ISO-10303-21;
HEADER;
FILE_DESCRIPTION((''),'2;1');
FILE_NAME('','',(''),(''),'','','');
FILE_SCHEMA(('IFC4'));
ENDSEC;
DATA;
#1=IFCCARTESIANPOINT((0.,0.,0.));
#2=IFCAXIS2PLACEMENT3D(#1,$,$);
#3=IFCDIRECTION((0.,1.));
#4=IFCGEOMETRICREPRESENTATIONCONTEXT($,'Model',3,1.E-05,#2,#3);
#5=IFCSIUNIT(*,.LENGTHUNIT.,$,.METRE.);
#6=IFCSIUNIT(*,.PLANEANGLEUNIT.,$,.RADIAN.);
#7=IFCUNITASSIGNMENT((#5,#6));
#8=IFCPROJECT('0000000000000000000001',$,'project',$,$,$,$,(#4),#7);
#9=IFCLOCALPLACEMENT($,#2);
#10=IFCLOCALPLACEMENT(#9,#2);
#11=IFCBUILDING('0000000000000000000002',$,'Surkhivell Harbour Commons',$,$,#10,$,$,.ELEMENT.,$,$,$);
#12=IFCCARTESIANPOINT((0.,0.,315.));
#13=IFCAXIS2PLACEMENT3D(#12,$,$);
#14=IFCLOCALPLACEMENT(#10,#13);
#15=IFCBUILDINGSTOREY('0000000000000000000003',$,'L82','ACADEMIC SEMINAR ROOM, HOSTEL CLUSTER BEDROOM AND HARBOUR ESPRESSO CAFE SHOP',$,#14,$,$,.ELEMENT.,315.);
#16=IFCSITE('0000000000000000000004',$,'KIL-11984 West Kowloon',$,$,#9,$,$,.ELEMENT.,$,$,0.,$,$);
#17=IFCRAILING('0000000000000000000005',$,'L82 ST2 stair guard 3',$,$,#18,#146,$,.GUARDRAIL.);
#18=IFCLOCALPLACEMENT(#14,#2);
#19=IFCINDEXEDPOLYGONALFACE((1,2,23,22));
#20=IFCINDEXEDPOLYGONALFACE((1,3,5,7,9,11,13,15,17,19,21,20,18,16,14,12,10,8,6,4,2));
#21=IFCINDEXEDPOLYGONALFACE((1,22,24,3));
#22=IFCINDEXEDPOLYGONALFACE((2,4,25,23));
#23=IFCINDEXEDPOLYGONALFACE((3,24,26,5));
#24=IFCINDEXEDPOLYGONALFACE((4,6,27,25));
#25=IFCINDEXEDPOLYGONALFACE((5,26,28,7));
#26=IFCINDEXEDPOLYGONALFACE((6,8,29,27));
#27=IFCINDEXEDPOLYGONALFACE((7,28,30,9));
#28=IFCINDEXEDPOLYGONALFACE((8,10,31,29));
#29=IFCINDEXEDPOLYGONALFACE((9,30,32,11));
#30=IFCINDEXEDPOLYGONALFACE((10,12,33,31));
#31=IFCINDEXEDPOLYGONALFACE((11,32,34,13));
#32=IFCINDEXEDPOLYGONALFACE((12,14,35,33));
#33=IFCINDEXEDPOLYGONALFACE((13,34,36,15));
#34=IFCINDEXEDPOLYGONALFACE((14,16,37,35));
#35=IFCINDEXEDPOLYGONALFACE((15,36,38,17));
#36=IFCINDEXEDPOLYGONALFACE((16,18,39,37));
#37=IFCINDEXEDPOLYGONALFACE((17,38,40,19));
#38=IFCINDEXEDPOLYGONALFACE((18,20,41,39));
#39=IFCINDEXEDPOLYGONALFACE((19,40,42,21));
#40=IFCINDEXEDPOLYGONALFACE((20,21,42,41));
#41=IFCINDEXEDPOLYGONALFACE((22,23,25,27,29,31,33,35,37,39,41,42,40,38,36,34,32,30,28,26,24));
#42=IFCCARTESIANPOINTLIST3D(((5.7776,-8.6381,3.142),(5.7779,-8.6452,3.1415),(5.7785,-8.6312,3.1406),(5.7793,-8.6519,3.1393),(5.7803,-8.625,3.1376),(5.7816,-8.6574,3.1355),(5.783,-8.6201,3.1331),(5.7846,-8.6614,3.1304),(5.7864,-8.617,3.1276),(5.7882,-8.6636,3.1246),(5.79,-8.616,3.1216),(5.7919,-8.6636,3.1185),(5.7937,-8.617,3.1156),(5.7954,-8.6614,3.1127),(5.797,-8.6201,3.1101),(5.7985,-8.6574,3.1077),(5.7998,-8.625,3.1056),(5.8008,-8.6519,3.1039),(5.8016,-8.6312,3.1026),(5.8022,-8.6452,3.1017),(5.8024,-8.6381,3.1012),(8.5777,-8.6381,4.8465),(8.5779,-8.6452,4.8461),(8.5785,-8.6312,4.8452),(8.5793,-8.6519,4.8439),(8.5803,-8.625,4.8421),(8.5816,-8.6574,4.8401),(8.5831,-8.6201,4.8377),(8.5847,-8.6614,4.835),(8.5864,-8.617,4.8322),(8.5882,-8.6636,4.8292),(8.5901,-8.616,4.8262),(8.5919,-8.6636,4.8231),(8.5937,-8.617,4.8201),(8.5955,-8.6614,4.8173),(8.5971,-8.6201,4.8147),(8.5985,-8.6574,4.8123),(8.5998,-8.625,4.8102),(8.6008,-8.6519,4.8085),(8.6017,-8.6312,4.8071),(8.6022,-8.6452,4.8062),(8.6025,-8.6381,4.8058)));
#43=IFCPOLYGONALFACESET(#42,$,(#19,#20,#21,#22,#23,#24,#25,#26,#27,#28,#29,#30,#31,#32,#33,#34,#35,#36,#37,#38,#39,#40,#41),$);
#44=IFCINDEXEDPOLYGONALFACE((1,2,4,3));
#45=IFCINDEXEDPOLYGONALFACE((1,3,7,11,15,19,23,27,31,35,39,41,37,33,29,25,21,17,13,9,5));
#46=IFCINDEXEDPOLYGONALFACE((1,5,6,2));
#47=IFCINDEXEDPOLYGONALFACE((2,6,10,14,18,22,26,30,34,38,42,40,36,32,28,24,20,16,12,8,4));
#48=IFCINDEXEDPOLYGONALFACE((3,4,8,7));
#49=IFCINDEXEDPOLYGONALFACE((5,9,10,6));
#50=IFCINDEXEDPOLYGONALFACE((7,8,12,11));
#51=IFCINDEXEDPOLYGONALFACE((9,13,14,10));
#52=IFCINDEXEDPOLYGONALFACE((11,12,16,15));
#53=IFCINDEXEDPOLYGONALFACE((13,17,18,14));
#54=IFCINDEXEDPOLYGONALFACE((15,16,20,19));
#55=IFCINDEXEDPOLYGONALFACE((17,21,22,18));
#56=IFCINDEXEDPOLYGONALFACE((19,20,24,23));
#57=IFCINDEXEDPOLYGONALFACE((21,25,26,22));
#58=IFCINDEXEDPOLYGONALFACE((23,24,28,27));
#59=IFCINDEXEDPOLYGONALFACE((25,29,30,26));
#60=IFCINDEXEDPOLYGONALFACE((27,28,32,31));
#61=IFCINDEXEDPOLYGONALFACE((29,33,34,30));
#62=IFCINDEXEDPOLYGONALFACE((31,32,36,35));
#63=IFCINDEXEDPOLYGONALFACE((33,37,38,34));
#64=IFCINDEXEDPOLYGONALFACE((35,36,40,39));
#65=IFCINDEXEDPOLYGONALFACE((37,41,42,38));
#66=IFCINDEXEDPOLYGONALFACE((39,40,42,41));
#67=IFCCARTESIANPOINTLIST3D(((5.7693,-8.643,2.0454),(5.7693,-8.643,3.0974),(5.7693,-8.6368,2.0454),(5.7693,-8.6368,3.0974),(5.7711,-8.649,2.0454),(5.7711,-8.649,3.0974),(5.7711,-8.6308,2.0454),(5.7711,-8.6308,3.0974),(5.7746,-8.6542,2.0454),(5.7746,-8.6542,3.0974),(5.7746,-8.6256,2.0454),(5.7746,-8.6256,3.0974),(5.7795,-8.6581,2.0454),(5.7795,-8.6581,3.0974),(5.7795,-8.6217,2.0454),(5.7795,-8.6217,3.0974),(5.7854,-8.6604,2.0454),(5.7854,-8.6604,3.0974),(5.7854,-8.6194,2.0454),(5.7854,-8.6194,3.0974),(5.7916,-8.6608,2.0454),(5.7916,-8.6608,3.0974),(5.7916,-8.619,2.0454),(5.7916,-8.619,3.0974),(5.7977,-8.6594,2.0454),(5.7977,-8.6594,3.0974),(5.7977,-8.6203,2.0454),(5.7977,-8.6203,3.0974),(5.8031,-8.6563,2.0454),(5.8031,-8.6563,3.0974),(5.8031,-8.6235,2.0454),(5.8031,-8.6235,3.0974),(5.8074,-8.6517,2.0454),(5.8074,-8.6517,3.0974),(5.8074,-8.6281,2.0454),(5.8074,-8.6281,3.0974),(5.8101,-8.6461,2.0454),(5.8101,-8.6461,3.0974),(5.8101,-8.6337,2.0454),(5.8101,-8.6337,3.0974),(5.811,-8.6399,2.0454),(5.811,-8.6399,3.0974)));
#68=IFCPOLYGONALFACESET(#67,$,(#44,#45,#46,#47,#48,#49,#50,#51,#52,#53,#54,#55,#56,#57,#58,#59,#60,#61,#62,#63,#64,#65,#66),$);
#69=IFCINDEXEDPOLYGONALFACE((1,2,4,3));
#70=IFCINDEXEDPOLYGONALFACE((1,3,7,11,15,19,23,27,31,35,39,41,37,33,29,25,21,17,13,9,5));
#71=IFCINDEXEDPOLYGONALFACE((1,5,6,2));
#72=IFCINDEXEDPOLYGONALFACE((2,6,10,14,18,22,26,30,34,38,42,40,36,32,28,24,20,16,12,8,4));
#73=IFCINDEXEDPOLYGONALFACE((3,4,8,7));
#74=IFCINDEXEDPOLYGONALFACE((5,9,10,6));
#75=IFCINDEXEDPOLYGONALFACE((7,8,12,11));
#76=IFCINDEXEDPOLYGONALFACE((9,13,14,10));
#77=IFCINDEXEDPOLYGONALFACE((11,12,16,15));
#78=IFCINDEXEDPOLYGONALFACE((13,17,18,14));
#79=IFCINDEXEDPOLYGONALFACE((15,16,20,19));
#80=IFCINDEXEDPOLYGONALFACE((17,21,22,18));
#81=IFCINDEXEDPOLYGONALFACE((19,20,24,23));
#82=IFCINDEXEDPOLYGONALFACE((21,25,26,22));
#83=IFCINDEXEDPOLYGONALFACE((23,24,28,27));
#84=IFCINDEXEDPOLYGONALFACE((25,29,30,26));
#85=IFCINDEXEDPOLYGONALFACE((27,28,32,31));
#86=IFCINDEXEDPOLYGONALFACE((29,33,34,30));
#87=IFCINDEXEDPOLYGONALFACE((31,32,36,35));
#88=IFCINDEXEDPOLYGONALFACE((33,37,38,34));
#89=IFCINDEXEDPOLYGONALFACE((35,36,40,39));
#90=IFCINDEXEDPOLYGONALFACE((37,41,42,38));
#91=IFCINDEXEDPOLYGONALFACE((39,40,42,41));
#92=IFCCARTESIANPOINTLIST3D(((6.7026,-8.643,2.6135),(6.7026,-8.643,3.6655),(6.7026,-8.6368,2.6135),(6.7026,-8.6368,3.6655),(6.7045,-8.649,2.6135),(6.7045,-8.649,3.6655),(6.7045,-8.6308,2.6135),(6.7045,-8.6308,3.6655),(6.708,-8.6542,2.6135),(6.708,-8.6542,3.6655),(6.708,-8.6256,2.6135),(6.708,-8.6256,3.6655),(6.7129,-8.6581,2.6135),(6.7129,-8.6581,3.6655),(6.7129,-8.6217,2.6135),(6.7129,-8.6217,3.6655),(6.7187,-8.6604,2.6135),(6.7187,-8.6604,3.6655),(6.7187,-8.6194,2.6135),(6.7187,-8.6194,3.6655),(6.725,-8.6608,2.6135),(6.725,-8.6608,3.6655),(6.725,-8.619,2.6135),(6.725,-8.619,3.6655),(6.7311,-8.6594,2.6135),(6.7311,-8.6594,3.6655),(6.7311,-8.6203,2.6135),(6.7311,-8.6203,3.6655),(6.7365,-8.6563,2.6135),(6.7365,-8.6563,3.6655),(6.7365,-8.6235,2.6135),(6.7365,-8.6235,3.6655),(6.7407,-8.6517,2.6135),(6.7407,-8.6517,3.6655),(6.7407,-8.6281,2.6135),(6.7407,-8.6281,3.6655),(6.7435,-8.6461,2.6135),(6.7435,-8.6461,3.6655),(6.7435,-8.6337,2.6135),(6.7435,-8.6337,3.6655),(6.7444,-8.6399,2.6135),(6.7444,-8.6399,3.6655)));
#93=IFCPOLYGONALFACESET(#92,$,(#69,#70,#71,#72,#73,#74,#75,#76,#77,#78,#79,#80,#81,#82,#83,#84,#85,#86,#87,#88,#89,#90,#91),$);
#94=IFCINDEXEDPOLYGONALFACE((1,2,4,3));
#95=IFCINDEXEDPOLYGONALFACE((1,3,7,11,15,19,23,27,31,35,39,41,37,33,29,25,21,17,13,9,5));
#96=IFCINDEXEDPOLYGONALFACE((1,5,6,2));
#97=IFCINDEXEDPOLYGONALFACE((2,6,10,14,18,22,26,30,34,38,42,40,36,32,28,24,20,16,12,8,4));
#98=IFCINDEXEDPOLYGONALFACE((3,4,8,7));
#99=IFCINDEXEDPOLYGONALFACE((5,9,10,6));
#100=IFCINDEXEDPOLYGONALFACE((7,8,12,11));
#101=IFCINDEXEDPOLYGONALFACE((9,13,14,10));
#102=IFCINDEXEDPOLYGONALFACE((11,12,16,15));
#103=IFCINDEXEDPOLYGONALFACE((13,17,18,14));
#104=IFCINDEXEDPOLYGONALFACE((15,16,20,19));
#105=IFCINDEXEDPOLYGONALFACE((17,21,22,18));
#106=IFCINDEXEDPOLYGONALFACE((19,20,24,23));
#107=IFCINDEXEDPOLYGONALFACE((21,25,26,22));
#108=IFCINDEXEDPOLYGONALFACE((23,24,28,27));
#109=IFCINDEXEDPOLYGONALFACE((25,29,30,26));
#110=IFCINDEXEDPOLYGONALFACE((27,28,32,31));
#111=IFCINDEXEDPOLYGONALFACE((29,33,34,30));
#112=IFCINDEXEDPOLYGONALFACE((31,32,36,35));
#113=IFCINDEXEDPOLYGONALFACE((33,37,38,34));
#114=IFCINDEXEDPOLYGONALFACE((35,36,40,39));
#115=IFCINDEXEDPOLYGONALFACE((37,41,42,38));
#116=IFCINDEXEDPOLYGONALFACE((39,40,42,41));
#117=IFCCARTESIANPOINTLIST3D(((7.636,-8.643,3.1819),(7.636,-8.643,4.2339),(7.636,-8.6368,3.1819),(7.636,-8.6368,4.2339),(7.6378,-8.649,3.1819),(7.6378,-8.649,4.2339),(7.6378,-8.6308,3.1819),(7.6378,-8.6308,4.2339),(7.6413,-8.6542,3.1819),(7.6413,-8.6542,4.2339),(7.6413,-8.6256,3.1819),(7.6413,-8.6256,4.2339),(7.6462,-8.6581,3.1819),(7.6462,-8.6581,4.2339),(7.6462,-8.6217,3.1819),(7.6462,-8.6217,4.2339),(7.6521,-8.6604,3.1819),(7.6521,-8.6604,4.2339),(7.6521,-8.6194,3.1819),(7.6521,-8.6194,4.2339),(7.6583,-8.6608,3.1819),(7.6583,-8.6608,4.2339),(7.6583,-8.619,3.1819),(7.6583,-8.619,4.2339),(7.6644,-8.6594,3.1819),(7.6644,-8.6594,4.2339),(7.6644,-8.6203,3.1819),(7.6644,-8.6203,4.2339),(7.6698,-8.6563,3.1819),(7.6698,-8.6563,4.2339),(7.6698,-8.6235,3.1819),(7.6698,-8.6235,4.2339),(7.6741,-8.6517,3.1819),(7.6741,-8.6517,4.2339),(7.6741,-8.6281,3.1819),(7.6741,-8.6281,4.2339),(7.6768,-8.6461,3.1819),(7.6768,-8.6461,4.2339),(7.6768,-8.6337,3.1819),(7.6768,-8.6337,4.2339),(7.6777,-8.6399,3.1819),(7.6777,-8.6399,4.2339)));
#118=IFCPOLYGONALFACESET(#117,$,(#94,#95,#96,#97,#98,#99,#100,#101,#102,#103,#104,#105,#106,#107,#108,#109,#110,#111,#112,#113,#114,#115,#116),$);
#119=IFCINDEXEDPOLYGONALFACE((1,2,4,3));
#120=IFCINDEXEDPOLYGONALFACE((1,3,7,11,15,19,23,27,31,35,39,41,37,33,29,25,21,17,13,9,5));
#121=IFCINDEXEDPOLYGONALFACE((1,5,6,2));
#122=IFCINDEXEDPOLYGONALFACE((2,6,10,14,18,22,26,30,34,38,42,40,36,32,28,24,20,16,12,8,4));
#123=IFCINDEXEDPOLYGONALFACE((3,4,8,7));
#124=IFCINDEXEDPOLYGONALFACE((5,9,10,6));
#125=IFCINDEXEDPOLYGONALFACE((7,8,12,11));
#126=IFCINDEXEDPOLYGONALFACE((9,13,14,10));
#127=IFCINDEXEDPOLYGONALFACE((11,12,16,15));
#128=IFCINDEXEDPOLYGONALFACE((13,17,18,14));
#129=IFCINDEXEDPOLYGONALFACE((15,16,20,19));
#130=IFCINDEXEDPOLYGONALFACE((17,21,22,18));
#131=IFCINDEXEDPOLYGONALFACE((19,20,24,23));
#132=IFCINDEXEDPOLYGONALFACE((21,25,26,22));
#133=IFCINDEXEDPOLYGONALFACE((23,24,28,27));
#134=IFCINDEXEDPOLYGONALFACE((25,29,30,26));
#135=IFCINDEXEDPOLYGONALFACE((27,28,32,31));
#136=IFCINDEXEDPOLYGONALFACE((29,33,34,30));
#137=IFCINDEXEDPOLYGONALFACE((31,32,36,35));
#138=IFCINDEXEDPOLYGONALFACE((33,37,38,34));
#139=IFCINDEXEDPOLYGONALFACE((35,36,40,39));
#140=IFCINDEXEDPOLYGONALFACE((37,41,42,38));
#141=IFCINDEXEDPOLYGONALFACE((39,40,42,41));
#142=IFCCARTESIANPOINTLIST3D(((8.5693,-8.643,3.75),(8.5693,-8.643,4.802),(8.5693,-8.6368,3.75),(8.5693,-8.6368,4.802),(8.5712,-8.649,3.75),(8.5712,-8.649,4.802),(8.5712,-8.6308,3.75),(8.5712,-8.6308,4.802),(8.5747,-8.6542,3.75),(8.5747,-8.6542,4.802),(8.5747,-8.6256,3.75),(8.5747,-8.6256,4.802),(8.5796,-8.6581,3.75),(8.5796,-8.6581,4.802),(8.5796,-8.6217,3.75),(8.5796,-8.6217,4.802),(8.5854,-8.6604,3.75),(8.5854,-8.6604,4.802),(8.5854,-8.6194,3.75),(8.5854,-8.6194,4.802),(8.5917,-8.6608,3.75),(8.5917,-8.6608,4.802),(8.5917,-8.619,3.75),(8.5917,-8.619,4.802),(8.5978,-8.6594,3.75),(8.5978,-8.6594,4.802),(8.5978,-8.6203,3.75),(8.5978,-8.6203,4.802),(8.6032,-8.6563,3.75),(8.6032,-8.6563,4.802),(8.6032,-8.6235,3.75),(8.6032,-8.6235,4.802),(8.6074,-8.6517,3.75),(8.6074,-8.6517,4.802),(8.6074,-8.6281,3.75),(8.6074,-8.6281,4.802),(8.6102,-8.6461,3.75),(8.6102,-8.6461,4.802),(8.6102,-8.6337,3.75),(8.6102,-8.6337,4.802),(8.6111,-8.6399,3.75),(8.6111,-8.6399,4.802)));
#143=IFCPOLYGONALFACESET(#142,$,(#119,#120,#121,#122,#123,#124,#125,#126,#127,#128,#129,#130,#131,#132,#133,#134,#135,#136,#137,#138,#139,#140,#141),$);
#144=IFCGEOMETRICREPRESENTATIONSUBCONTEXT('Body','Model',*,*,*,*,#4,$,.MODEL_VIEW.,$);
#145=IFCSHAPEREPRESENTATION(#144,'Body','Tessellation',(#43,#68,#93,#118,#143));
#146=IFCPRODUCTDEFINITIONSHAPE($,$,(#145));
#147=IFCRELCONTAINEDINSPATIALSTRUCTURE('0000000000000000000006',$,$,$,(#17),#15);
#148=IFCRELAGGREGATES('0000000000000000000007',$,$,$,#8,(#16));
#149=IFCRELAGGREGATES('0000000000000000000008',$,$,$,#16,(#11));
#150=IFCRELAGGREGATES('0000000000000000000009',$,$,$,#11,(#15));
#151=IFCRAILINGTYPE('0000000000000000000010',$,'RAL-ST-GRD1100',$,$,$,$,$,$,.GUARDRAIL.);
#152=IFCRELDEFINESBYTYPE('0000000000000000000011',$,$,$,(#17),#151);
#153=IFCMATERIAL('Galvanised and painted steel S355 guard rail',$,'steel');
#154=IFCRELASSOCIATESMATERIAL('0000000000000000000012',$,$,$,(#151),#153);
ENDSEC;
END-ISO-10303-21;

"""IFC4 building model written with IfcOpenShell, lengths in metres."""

from ifc_helpers import new_model, si_unit, direction, frame, origin, origin_2d, place, context, subcontext, project, spatial, circle, extrude, material, type_object, element, save


model = new_model("IFC4")

# Units and contexts
model_context = context("Model", 3, precision=1e-05, world=origin(), true_north=direction((0.0, 1.0)))
body_context = subcontext(model_context, "Body", "Model", "MODEL_VIEW")
ifc_project = project(units=[si_unit("LENGTHUNIT", "METRE"), si_unit("PLANEANGLEUNIT", "RADIAN")], contexts=[model_context])

# Site, building, storey
site_placement = place(None, origin())
site = spatial("IfcSite", under=ifc_project, at=site_placement, Name="KIL-11984 West Kowloon", CompositionType="ELEMENT", RefElevation=0.0)
building_placement = place(site_placement, origin())
building = spatial("IfcBuilding", under=site, at=building_placement, Name="Surkhivell Harbour Commons", CompositionType="ELEMENT")
storey_placement = place(building_placement, frame((0.0, 0.0, 315.0)))
storey = spatial("IfcBuildingStorey", under=building, at=storey_placement, Name="L82", Description="ACADEMIC SEMINAR ROOM, HOSTEL CLUSTER BEDROOM AND HARBOUR ESPRESSO CAFE SHOP", CompositionType="ELEMENT", Elevation=315.0)

# Railing
ifc_material_1 = material(Name="Galvanised and painted steel S355 guard rail", Category="steel")
railing_type_1 = type_object("IfcRailingType", Name="RAL-ST-GRD1100", PredefinedType="GUARDRAIL", material=ifc_material_1)
railing_1_placement = place(storey_placement, frame((5.79, -8.6399, 2.0454)))
element("IfcRailing", 1, at=railing_1_placement, inside=storey, type_object=railing_type_1, Name="L82 ST2 stair guard 3", PredefinedType="GUARDRAIL", context=body_context, shape_type="SweptSolid", body=[
    extrude(circle(Radius=0.0239, at=origin_2d()), frame((0.0, 0.0, 1.0762), z_axis=(0.85417, 0.0, 0.519994), x_axis=(0.0, 1.0, 0.0)), (0.0, 0.0, 1.0), 3.2781),
    extrude(circle(Radius=0.021, at=origin_2d()), origin(), (0.0, 0.0, 1.0), 1.052),
    extrude(circle(Radius=0.021, at=origin_2d()), frame((0.9333, 0.0, 0.5681)), (0.0, 0.0, 1.0), 1.052),
    extrude(circle(Radius=0.021, at=origin_2d()), frame((1.8667, 0.0, 1.1365)), (0.0, 0.0, 1.0), 1.052),
    extrude(circle(Radius=0.021, at=origin_2d()), frame((2.8, 0.0, 1.7046)), (0.0, 0.0, 1.0), 1.052),
])

save(model, "model.ifc")
